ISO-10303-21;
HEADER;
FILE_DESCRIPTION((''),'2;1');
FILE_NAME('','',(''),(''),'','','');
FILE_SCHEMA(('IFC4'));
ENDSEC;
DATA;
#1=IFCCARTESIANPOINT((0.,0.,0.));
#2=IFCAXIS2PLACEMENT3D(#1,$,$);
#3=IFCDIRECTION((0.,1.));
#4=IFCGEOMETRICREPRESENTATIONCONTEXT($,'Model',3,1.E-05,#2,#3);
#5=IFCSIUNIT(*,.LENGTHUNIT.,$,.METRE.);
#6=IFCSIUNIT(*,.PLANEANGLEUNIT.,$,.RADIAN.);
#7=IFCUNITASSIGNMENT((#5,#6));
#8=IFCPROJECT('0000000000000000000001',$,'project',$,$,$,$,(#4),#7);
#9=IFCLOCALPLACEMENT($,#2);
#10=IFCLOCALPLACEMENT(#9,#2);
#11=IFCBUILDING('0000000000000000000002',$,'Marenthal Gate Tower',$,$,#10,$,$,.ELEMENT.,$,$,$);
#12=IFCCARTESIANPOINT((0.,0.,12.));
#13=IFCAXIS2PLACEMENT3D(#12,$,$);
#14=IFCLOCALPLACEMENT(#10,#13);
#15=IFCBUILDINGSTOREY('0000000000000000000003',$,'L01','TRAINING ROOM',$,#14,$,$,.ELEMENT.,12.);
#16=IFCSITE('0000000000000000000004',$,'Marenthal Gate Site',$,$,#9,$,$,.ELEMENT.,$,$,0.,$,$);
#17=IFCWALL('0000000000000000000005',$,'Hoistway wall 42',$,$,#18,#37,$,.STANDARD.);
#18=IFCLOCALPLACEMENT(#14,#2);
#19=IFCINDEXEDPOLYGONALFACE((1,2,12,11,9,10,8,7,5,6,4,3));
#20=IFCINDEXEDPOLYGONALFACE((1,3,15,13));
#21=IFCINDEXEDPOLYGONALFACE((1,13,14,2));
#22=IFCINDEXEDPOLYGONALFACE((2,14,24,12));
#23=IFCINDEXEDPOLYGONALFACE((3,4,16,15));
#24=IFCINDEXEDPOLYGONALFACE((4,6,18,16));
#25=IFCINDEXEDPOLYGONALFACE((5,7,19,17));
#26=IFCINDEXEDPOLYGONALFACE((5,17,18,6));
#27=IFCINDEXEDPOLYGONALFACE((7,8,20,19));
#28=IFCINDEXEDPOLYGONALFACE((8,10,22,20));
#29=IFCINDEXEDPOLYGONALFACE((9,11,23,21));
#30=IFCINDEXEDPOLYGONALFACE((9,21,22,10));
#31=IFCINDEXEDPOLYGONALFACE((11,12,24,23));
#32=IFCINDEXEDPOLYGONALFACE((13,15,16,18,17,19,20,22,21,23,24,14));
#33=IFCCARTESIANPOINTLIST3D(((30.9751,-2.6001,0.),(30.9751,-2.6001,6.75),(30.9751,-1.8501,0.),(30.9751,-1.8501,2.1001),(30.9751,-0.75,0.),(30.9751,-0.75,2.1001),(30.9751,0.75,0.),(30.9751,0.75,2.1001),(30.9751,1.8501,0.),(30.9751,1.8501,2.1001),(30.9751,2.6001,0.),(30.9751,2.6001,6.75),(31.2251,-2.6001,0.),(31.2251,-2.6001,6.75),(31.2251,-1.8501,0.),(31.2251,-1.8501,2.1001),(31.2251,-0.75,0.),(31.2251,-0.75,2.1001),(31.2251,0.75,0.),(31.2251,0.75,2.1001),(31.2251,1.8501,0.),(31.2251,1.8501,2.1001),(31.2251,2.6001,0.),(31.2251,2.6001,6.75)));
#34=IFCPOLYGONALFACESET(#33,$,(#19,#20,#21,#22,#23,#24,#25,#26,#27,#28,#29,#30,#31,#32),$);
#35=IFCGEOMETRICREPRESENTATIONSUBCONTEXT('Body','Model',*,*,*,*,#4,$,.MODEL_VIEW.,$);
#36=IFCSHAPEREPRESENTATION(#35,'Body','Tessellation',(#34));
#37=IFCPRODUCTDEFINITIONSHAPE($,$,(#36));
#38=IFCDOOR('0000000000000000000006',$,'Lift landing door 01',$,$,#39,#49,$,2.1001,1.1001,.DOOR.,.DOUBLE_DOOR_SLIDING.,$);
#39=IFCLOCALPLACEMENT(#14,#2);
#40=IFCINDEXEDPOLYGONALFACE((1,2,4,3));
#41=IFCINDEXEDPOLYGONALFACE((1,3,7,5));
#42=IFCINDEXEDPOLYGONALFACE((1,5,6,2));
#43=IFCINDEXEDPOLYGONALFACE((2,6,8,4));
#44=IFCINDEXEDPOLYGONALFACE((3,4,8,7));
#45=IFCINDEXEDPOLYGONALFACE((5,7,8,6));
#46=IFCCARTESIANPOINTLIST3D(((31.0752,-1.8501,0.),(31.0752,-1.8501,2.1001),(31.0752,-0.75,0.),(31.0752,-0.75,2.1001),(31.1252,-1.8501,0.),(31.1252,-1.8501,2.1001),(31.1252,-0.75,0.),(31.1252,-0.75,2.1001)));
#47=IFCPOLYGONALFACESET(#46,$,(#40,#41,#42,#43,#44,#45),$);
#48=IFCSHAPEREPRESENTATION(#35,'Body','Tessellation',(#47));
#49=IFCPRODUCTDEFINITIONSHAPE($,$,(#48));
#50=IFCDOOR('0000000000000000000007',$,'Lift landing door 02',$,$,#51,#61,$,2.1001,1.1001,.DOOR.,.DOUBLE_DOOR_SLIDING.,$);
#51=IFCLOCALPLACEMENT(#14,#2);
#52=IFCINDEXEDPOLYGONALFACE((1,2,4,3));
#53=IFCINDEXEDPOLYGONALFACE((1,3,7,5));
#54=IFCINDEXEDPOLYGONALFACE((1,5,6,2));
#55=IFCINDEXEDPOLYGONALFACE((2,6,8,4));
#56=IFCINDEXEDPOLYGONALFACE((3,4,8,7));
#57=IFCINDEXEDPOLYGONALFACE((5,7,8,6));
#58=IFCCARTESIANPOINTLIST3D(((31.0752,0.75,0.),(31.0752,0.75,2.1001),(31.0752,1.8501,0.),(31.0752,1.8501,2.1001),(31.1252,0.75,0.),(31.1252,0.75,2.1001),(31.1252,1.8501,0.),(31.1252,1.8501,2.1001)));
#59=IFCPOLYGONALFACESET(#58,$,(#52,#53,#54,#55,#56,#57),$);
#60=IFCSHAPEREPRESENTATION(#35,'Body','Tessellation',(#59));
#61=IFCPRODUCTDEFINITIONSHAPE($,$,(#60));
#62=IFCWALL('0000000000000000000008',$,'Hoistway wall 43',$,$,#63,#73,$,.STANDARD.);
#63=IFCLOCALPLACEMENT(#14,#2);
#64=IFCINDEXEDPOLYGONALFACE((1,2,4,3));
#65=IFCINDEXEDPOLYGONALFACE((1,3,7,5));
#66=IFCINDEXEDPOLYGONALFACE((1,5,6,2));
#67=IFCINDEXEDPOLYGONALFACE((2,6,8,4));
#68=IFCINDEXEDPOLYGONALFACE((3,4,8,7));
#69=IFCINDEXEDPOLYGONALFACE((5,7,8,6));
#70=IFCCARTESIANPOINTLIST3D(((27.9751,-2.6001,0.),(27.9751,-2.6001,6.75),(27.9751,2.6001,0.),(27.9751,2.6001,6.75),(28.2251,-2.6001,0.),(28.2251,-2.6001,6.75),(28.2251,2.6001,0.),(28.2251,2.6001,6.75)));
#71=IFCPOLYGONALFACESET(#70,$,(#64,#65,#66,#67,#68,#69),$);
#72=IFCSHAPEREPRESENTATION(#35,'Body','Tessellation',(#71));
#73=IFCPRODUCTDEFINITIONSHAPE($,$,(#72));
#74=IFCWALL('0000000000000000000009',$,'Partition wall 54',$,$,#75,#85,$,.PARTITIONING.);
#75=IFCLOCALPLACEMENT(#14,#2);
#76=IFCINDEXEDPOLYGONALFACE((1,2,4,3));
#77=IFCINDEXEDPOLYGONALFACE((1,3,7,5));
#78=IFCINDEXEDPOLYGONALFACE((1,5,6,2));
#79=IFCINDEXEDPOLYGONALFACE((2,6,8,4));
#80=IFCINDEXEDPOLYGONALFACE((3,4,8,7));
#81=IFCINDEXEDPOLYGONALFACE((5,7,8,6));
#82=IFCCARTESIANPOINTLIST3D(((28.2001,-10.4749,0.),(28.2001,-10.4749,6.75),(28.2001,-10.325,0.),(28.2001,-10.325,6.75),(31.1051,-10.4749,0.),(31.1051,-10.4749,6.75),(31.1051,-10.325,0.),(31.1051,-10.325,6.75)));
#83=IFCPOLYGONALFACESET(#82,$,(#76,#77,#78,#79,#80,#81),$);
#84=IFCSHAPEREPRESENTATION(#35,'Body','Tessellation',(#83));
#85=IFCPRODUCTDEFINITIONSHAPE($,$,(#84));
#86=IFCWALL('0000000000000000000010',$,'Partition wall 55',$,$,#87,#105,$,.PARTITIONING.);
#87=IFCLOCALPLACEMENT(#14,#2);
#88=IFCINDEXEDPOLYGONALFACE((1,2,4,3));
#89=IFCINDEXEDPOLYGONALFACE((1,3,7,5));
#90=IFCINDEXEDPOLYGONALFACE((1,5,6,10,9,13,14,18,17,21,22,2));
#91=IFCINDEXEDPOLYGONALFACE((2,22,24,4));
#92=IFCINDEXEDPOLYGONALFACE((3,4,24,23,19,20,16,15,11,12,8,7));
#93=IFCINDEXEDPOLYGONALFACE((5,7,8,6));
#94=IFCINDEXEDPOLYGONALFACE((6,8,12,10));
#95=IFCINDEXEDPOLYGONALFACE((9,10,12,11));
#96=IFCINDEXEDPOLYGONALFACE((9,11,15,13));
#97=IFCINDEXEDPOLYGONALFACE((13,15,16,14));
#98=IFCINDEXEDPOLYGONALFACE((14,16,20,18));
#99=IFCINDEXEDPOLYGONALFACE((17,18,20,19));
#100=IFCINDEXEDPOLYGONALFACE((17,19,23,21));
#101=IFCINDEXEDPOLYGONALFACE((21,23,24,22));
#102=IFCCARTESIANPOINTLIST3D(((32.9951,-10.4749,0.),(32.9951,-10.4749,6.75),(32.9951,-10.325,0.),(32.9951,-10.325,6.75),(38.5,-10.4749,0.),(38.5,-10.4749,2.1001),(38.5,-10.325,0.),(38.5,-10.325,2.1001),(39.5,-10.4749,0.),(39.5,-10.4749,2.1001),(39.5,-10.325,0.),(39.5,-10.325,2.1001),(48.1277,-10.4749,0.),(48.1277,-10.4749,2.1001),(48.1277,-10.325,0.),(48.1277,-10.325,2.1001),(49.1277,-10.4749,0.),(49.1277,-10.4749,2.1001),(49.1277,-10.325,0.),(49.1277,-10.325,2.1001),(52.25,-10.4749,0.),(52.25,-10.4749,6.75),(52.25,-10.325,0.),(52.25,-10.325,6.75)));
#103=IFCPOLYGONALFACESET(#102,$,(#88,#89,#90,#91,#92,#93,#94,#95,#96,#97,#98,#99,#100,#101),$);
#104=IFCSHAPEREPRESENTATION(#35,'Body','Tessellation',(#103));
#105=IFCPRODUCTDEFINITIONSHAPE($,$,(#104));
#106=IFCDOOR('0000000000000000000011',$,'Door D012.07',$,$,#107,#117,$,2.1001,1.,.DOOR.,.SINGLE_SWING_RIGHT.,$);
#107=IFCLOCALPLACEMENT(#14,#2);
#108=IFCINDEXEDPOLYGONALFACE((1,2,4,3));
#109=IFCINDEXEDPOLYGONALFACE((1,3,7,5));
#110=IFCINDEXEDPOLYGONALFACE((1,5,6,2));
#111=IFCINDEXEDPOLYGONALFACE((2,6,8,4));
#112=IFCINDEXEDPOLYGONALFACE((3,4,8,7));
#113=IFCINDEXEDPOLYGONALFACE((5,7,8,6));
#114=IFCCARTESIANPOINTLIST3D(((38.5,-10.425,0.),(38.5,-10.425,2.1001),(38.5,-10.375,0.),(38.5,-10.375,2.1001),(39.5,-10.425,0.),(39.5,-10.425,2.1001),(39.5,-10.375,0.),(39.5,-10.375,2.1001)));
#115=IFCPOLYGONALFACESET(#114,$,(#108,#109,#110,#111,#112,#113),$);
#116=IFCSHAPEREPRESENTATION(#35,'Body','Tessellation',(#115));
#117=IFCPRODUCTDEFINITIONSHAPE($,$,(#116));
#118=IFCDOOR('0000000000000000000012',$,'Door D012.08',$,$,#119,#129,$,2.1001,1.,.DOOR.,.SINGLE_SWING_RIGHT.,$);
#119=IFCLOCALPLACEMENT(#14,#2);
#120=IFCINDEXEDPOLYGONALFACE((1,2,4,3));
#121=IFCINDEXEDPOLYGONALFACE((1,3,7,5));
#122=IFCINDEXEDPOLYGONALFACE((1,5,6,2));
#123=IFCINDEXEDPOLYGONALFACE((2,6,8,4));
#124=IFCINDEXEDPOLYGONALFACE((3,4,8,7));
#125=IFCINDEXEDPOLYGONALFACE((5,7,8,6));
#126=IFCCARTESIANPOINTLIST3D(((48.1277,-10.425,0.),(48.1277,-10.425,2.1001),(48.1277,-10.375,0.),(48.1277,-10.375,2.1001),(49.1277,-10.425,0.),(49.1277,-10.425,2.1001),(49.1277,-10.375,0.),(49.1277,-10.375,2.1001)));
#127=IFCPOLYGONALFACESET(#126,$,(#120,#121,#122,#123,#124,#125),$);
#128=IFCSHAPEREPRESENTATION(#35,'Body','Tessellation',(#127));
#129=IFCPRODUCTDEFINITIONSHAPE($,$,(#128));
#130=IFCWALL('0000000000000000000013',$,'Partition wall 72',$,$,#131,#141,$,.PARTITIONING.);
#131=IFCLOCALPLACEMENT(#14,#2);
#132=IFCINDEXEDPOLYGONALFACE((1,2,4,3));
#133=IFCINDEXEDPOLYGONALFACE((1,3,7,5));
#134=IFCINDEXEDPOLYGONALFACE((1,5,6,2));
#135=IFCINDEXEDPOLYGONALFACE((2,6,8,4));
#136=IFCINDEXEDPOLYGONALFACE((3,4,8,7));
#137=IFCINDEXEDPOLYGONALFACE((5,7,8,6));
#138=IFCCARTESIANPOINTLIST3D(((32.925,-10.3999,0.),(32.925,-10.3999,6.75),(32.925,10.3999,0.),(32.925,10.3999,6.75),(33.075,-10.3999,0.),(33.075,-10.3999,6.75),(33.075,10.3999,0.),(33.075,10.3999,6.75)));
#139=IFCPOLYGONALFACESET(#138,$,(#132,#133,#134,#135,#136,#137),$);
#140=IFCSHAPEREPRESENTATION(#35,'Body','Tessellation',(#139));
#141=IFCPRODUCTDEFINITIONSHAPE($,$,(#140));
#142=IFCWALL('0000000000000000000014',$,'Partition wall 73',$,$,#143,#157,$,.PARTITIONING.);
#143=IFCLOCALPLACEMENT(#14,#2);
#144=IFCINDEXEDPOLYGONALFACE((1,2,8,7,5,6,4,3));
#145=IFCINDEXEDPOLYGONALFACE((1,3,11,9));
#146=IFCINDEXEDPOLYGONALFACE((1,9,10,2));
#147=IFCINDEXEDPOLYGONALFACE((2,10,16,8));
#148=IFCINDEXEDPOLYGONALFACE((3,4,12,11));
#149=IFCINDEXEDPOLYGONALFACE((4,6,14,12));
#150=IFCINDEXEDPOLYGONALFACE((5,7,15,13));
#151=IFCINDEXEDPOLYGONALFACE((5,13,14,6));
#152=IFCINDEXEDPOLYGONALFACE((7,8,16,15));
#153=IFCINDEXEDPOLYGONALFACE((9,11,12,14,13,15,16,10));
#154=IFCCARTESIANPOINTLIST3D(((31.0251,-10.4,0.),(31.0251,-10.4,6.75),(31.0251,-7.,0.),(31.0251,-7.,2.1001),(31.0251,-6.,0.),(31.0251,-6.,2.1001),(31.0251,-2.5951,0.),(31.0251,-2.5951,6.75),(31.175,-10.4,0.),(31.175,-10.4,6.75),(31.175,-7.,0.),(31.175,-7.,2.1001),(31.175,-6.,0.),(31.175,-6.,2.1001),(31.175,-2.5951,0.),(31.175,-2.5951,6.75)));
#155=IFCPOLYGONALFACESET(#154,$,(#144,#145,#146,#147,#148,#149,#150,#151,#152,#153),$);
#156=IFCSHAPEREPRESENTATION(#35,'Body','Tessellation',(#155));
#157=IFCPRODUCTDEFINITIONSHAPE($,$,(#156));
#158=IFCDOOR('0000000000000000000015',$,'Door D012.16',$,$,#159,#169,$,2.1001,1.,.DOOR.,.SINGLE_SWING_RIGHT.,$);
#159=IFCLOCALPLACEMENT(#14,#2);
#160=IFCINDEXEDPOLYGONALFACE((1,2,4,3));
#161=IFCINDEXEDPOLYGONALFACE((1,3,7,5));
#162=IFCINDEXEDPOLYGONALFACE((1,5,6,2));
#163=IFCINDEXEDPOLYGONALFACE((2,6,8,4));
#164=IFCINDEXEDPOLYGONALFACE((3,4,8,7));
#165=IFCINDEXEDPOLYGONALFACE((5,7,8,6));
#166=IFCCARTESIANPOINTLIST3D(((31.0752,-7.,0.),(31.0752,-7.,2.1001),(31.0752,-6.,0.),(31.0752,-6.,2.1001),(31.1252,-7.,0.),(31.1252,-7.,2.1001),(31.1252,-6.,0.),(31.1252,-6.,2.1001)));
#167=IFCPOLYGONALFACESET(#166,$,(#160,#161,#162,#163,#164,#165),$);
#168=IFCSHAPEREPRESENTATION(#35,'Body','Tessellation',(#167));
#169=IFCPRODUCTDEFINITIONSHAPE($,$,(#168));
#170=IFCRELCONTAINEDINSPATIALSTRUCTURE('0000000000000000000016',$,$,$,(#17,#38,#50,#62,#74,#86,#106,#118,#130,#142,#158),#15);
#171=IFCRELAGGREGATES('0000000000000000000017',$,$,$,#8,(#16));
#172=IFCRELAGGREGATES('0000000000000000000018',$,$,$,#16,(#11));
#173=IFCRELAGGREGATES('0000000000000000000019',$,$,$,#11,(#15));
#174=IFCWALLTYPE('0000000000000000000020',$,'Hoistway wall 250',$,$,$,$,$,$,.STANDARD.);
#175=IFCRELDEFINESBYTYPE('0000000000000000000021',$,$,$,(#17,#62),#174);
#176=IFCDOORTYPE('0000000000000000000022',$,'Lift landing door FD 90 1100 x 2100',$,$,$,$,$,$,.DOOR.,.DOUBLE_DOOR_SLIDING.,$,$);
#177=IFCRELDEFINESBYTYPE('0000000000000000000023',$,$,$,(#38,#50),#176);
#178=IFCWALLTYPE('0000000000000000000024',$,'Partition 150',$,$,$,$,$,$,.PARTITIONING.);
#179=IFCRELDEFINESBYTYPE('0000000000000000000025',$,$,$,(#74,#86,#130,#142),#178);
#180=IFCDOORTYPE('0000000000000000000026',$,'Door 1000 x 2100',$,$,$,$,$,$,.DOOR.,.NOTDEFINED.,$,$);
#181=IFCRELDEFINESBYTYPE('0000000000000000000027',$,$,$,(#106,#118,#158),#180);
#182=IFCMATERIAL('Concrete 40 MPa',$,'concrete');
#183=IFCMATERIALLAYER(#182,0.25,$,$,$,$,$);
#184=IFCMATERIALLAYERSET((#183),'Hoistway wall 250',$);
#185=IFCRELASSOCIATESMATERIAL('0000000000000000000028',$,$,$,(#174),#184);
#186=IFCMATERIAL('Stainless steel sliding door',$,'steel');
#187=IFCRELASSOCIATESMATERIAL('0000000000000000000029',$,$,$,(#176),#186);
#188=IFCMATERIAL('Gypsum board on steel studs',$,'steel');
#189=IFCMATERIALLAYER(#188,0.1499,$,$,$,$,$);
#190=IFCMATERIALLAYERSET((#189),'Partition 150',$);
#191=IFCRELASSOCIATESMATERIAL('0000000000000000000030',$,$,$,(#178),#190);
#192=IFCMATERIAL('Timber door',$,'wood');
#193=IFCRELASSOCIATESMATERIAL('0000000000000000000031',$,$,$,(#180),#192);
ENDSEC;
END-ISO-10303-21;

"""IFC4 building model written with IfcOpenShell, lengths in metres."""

from ifc_helpers import new_model, si_unit, direction, frame, frame_2d, origin, place, context, subcontext, project, spatial, rectangle, extrude, material, layer, layer_set, type_object, element, fill, save


model = new_model("IFC4")

# Units and contexts
model_context = context("Model", 3, precision=1e-05, world=origin(), true_north=direction((0.0, 1.0)))
body_context = subcontext(model_context, "Body", "Model", "MODEL_VIEW")
ifc_project = project(units=[si_unit("LENGTHUNIT", "METRE"), si_unit("PLANEANGLEUNIT", "RADIAN")], contexts=[model_context])

# Site, building, storey
site_placement = place(None, origin())
site = spatial("IfcSite", under=ifc_project, at=site_placement, Name="Marenthal Gate Site", CompositionType="ELEMENT", RefElevation=0.0)
building_placement = place(site_placement, origin())
building = spatial("IfcBuilding", under=site, at=building_placement, Name="Marenthal Gate Tower", CompositionType="ELEMENT")
storey_placement = place(building_placement, frame((0.0, 0.0, 12.0)))
storey = spatial("IfcBuildingStorey", under=building, at=storey_placement, Name="L01", Description="TRAINING ROOM", CompositionType="ELEMENT", Elevation=12.0)

# Shared definitions
ifc_material_1 = material(Name="Concrete 40 MPa", Category="concrete")
ifc_layer_1 = layer(ifc_material_1, 0.25)
ifc_layer_set_1 = layer_set([ifc_layer_1], Name="Hoistway wall 250")
wall_type_1 = type_object("IfcWallType", Name="Hoistway wall 250", PredefinedType="STANDARD", material=ifc_layer_set_1)

# Wall, openings, doors
wall_1_placement = place(storey_placement, frame((31.1001, -2.6001, 0.0), z_axis=(0.0, 0.0, 1.0), x_axis=(0.0, 1.0, 0.0)))
wall_1 = element("IfcWall", 1, at=wall_1_placement, inside=storey, type_object=wall_type_1, Name="Hoistway wall 42", PredefinedType="STANDARD", context=body_context, shape_type="SweptSolid", body=[
    extrude(rectangle(XDim=5.2002, YDim=0.25, at=frame_2d((2.6001, 0.0))), origin(), (0.0, 0.0, 1.0), 6.75),
])
opening_1_placement = place(wall_1_placement, frame((0.75, 0.0, 0.0)))
opening_1 = element("IfcOpeningElement", 2, at=opening_1_placement, cuts=wall_1, PredefinedType="OPENING", context=body_context, shape_type="SweptSolid", body=[
    extrude(rectangle(XDim=1.1001, YDim=2.1001, at=frame_2d((0.55, 1.05))), frame((0.0, 0.135, 0.0), z_axis=(0.0, -1.0, 0.0), x_axis=(1.0, 0.0, 0.0)), (0.0, 0.0, 1.0), 0.27),
])
opening_2_placement = place(wall_1_placement, frame((3.3501, 0.0, 0.0)))
opening_2 = element("IfcOpeningElement", 3, at=opening_2_placement, cuts=wall_1, PredefinedType="OPENING", context=body_context, shape_type="SweptSolid", body=[
    extrude(rectangle(XDim=1.1001, YDim=2.1001, at=frame_2d((0.55, 1.05))), frame((0.0, 0.135, 0.0), z_axis=(0.0, -1.0, 0.0), x_axis=(1.0, 0.0, 0.0)), (0.0, 0.0, 1.0), 0.27),
])
ifc_material_2 = material(Name="Stainless steel sliding door", Category="steel")
door_type_1 = type_object("IfcDoorType", Name="Lift landing door FD 90 1100 x 2100", OperationType="DOUBLE_DOOR_SLIDING", PredefinedType="DOOR", material=ifc_material_2)
door_1_placement = place(opening_1_placement, origin())
door_1 = element("IfcDoor", 4, at=door_1_placement, inside=storey, type_object=door_type_1, Name="Lift landing door 01", OperationType="DOUBLE_DOOR_SLIDING", OverallHeight=2.1001, OverallWidth=1.1001, PredefinedType="DOOR", context=body_context, shape_type="SweptSolid", body=[
    extrude(rectangle(XDim=1.1001, YDim=2.1001, at=frame_2d((0.55, 1.05))), frame((0.0, 0.0249, 0.0), z_axis=(0.0, -1.0, 0.0), x_axis=(1.0, 0.0, 0.0)), (0.0, 0.0, 1.0), 0.05),
])
fill(opening_1, door_1)
door_2_placement = place(opening_2_placement, origin())
door_2 = element("IfcDoor", 5, at=door_2_placement, inside=storey, type_object=door_type_1, Name="Lift landing door 02", OperationType="DOUBLE_DOOR_SLIDING", OverallHeight=2.1001, OverallWidth=1.1001, PredefinedType="DOOR", context=body_context, shape_type="SweptSolid", body=[
    extrude(rectangle(XDim=1.1001, YDim=2.1001, at=frame_2d((0.55, 1.05))), frame((0.0, 0.0249, 0.0), z_axis=(0.0, -1.0, 0.0), x_axis=(1.0, 0.0, 0.0)), (0.0, 0.0, 1.0), 0.05),
])
fill(opening_2, door_2)

# Walls
wall_2_placement = place(storey_placement, frame((28.1001, -2.6001, 0.0), z_axis=(0.0, 0.0, 1.0), x_axis=(0.0, 1.0, 0.0)))
element("IfcWall", 6, at=wall_2_placement, inside=storey, type_object=wall_type_1, Name="Hoistway wall 43", PredefinedType="STANDARD", context=body_context, shape_type="SweptSolid", body=[
    extrude(rectangle(XDim=5.2002, YDim=0.25, at=frame_2d((2.6001, 0.0))), origin(), (0.0, 0.0, 1.0), 6.75),
])
ifc_material_3 = material(Name="Gypsum board on steel studs", Category="steel")
ifc_layer_2 = layer(ifc_material_3, 0.1499)
ifc_layer_set_2 = layer_set([ifc_layer_2], Name="Partition 150")
wall_type_2 = type_object("IfcWallType", Name="Partition 150", PredefinedType="PARTITIONING", material=ifc_layer_set_2)
wall_3_placement = place(storey_placement, frame((28.2, -10.3999, 0.0), z_axis=(0.0, 0.0, 1.0), x_axis=(1.0, 0.0, 0.0)))
element("IfcWall", 7, at=wall_3_placement, inside=storey, type_object=wall_type_2, Name="Partition wall 54", PredefinedType="PARTITIONING", context=body_context, shape_type="SweptSolid", body=[
    extrude(rectangle(XDim=2.905, YDim=0.1499, at=frame_2d((1.4526, 0.0))), origin(), (0.0, 0.0, 1.0), 6.75),
])

# Wall, openings, doors
wall_4_placement = place(storey_placement, frame((32.9951, -10.3999, 0.0), z_axis=(0.0, 0.0, 1.0), x_axis=(1.0, 0.0, 0.0)))
wall_4 = element("IfcWall", 8, at=wall_4_placement, inside=storey, type_object=wall_type_2, Name="Partition wall 55", PredefinedType="PARTITIONING", context=body_context, shape_type="SweptSolid", body=[
    extrude(rectangle(XDim=19.2549, YDim=0.1499, at=frame_2d((9.6274, 0.0))), origin(), (0.0, 0.0, 1.0), 6.75),
])
opening_3_placement = place(wall_4_placement, frame((5.5049, 0.0, 0.0)))
opening_3 = element("IfcOpeningElement", 9, at=opening_3_placement, cuts=wall_4, PredefinedType="OPENING", context=body_context, shape_type="SweptSolid", body=[
    extrude(rectangle(XDim=1.0, YDim=2.1001, at=frame_2d((0.5, 1.05))), frame((0.0, 0.085, 0.0), z_axis=(0.0, -1.0, 0.0), x_axis=(1.0, 0.0, 0.0)), (0.0, 0.0, 1.0), 0.1699),
])
opening_4_placement = place(wall_4_placement, frame((15.1326, 0.0, 0.0)))
opening_4 = element("IfcOpeningElement", 10, at=opening_4_placement, cuts=wall_4, PredefinedType="OPENING", context=body_context, shape_type="SweptSolid", body=[
    extrude(rectangle(XDim=1.0, YDim=2.1001, at=frame_2d((0.5, 1.05))), frame((0.0, 0.085, 0.0), z_axis=(0.0, -1.0, 0.0), x_axis=(1.0, 0.0, 0.0)), (0.0, 0.0, 1.0), 0.1699),
])
ifc_material_4 = material(Name="Timber door", Category="wood")
door_type_2 = type_object("IfcDoorType", Name="Door 1000 x 2100", OperationType="NOTDEFINED", PredefinedType="DOOR", material=ifc_material_4)
door_3_placement = place(opening_3_placement, origin())
door_3 = element("IfcDoor", 11, at=door_3_placement, inside=storey, type_object=door_type_2, Name="Door D012.07", OperationType="SINGLE_SWING_RIGHT", OverallHeight=2.1001, OverallWidth=1.0, PredefinedType="DOOR", context=body_context, shape_type="SweptSolid", body=[
    extrude(rectangle(XDim=1.0, YDim=2.1001, at=frame_2d((0.5, 1.05))), frame((0.0, 0.0249, 0.0), z_axis=(0.0, -1.0, 0.0), x_axis=(1.0, 0.0, 0.0)), (0.0, 0.0, 1.0), 0.05),
])
fill(opening_3, door_3)
door_4_placement = place(opening_4_placement, origin())
door_4 = element("IfcDoor", 12, at=door_4_placement, inside=storey, type_object=door_type_2, Name="Door D012.08", OperationType="SINGLE_SWING_RIGHT", OverallHeight=2.1001, OverallWidth=1.0, PredefinedType="DOOR", context=body_context, shape_type="SweptSolid", body=[
    extrude(rectangle(XDim=1.0, YDim=2.1001, at=frame_2d((0.5, 1.05))), frame((0.0, 0.0249, 0.0), z_axis=(0.0, -1.0, 0.0), x_axis=(1.0, 0.0, 0.0)), (0.0, 0.0, 1.0), 0.05),
])
fill(opening_4, door_4)

# Wall
wall_5_placement = place(storey_placement, frame((33.0, -10.3999, 0.0), z_axis=(0.0, 0.0, 1.0), x_axis=(0.0, 1.0, 0.0)))
element("IfcWall", 13, at=wall_5_placement, inside=storey, type_object=wall_type_2, Name="Partition wall 72", PredefinedType="PARTITIONING", context=body_context, shape_type="SweptSolid", body=[
    extrude(rectangle(XDim=20.7998, YDim=0.1499, at=frame_2d((10.3999, 0.0))), origin(), (0.0, 0.0, 1.0), 6.75),
])

# Wall, opening, door
wall_6_placement = place(storey_placement, frame((31.1001, -10.3999, 0.0), z_axis=(0.0, 0.0, 1.0), x_axis=(0.0, 1.0, 0.0)))
wall_6 = element("IfcWall", 14, at=wall_6_placement, inside=storey, type_object=wall_type_2, Name="Partition wall 73", PredefinedType="PARTITIONING", context=body_context, shape_type="SweptSolid", body=[
    extrude(rectangle(XDim=7.8049, YDim=0.1499, at=frame_2d((3.9023, 0.0))), origin(), (0.0, 0.0, 1.0), 6.75),
])
opening_5_placement = place(wall_6_placement, frame((3.3999, 0.0, 0.0)))
opening_5 = element("IfcOpeningElement", 15, at=opening_5_placement, cuts=wall_6, PredefinedType="OPENING", context=body_context, shape_type="SweptSolid", body=[
    extrude(rectangle(XDim=1.0, YDim=2.1001, at=frame_2d((0.5, 1.05))), frame((0.0, 0.085, 0.0), z_axis=(0.0, -1.0, 0.0), x_axis=(1.0, 0.0, 0.0)), (0.0, 0.0, 1.0), 0.1699),
])
door_5_placement = place(opening_5_placement, origin())
door_5 = element("IfcDoor", 16, at=door_5_placement, inside=storey, type_object=door_type_2, Name="Door D012.16", OperationType="SINGLE_SWING_RIGHT", OverallHeight=2.1001, OverallWidth=1.0, PredefinedType="DOOR", context=body_context, shape_type="SweptSolid", body=[
    extrude(rectangle(XDim=1.0, YDim=2.1001, at=frame_2d((0.5, 1.05))), frame((0.0, 0.0249, 0.0), z_axis=(0.0, -1.0, 0.0), x_axis=(1.0, 0.0, 0.0)), (0.0, 0.0, 1.0), 0.05),
])
fill(opening_5, door_5)

save(model, "model.ifc")
